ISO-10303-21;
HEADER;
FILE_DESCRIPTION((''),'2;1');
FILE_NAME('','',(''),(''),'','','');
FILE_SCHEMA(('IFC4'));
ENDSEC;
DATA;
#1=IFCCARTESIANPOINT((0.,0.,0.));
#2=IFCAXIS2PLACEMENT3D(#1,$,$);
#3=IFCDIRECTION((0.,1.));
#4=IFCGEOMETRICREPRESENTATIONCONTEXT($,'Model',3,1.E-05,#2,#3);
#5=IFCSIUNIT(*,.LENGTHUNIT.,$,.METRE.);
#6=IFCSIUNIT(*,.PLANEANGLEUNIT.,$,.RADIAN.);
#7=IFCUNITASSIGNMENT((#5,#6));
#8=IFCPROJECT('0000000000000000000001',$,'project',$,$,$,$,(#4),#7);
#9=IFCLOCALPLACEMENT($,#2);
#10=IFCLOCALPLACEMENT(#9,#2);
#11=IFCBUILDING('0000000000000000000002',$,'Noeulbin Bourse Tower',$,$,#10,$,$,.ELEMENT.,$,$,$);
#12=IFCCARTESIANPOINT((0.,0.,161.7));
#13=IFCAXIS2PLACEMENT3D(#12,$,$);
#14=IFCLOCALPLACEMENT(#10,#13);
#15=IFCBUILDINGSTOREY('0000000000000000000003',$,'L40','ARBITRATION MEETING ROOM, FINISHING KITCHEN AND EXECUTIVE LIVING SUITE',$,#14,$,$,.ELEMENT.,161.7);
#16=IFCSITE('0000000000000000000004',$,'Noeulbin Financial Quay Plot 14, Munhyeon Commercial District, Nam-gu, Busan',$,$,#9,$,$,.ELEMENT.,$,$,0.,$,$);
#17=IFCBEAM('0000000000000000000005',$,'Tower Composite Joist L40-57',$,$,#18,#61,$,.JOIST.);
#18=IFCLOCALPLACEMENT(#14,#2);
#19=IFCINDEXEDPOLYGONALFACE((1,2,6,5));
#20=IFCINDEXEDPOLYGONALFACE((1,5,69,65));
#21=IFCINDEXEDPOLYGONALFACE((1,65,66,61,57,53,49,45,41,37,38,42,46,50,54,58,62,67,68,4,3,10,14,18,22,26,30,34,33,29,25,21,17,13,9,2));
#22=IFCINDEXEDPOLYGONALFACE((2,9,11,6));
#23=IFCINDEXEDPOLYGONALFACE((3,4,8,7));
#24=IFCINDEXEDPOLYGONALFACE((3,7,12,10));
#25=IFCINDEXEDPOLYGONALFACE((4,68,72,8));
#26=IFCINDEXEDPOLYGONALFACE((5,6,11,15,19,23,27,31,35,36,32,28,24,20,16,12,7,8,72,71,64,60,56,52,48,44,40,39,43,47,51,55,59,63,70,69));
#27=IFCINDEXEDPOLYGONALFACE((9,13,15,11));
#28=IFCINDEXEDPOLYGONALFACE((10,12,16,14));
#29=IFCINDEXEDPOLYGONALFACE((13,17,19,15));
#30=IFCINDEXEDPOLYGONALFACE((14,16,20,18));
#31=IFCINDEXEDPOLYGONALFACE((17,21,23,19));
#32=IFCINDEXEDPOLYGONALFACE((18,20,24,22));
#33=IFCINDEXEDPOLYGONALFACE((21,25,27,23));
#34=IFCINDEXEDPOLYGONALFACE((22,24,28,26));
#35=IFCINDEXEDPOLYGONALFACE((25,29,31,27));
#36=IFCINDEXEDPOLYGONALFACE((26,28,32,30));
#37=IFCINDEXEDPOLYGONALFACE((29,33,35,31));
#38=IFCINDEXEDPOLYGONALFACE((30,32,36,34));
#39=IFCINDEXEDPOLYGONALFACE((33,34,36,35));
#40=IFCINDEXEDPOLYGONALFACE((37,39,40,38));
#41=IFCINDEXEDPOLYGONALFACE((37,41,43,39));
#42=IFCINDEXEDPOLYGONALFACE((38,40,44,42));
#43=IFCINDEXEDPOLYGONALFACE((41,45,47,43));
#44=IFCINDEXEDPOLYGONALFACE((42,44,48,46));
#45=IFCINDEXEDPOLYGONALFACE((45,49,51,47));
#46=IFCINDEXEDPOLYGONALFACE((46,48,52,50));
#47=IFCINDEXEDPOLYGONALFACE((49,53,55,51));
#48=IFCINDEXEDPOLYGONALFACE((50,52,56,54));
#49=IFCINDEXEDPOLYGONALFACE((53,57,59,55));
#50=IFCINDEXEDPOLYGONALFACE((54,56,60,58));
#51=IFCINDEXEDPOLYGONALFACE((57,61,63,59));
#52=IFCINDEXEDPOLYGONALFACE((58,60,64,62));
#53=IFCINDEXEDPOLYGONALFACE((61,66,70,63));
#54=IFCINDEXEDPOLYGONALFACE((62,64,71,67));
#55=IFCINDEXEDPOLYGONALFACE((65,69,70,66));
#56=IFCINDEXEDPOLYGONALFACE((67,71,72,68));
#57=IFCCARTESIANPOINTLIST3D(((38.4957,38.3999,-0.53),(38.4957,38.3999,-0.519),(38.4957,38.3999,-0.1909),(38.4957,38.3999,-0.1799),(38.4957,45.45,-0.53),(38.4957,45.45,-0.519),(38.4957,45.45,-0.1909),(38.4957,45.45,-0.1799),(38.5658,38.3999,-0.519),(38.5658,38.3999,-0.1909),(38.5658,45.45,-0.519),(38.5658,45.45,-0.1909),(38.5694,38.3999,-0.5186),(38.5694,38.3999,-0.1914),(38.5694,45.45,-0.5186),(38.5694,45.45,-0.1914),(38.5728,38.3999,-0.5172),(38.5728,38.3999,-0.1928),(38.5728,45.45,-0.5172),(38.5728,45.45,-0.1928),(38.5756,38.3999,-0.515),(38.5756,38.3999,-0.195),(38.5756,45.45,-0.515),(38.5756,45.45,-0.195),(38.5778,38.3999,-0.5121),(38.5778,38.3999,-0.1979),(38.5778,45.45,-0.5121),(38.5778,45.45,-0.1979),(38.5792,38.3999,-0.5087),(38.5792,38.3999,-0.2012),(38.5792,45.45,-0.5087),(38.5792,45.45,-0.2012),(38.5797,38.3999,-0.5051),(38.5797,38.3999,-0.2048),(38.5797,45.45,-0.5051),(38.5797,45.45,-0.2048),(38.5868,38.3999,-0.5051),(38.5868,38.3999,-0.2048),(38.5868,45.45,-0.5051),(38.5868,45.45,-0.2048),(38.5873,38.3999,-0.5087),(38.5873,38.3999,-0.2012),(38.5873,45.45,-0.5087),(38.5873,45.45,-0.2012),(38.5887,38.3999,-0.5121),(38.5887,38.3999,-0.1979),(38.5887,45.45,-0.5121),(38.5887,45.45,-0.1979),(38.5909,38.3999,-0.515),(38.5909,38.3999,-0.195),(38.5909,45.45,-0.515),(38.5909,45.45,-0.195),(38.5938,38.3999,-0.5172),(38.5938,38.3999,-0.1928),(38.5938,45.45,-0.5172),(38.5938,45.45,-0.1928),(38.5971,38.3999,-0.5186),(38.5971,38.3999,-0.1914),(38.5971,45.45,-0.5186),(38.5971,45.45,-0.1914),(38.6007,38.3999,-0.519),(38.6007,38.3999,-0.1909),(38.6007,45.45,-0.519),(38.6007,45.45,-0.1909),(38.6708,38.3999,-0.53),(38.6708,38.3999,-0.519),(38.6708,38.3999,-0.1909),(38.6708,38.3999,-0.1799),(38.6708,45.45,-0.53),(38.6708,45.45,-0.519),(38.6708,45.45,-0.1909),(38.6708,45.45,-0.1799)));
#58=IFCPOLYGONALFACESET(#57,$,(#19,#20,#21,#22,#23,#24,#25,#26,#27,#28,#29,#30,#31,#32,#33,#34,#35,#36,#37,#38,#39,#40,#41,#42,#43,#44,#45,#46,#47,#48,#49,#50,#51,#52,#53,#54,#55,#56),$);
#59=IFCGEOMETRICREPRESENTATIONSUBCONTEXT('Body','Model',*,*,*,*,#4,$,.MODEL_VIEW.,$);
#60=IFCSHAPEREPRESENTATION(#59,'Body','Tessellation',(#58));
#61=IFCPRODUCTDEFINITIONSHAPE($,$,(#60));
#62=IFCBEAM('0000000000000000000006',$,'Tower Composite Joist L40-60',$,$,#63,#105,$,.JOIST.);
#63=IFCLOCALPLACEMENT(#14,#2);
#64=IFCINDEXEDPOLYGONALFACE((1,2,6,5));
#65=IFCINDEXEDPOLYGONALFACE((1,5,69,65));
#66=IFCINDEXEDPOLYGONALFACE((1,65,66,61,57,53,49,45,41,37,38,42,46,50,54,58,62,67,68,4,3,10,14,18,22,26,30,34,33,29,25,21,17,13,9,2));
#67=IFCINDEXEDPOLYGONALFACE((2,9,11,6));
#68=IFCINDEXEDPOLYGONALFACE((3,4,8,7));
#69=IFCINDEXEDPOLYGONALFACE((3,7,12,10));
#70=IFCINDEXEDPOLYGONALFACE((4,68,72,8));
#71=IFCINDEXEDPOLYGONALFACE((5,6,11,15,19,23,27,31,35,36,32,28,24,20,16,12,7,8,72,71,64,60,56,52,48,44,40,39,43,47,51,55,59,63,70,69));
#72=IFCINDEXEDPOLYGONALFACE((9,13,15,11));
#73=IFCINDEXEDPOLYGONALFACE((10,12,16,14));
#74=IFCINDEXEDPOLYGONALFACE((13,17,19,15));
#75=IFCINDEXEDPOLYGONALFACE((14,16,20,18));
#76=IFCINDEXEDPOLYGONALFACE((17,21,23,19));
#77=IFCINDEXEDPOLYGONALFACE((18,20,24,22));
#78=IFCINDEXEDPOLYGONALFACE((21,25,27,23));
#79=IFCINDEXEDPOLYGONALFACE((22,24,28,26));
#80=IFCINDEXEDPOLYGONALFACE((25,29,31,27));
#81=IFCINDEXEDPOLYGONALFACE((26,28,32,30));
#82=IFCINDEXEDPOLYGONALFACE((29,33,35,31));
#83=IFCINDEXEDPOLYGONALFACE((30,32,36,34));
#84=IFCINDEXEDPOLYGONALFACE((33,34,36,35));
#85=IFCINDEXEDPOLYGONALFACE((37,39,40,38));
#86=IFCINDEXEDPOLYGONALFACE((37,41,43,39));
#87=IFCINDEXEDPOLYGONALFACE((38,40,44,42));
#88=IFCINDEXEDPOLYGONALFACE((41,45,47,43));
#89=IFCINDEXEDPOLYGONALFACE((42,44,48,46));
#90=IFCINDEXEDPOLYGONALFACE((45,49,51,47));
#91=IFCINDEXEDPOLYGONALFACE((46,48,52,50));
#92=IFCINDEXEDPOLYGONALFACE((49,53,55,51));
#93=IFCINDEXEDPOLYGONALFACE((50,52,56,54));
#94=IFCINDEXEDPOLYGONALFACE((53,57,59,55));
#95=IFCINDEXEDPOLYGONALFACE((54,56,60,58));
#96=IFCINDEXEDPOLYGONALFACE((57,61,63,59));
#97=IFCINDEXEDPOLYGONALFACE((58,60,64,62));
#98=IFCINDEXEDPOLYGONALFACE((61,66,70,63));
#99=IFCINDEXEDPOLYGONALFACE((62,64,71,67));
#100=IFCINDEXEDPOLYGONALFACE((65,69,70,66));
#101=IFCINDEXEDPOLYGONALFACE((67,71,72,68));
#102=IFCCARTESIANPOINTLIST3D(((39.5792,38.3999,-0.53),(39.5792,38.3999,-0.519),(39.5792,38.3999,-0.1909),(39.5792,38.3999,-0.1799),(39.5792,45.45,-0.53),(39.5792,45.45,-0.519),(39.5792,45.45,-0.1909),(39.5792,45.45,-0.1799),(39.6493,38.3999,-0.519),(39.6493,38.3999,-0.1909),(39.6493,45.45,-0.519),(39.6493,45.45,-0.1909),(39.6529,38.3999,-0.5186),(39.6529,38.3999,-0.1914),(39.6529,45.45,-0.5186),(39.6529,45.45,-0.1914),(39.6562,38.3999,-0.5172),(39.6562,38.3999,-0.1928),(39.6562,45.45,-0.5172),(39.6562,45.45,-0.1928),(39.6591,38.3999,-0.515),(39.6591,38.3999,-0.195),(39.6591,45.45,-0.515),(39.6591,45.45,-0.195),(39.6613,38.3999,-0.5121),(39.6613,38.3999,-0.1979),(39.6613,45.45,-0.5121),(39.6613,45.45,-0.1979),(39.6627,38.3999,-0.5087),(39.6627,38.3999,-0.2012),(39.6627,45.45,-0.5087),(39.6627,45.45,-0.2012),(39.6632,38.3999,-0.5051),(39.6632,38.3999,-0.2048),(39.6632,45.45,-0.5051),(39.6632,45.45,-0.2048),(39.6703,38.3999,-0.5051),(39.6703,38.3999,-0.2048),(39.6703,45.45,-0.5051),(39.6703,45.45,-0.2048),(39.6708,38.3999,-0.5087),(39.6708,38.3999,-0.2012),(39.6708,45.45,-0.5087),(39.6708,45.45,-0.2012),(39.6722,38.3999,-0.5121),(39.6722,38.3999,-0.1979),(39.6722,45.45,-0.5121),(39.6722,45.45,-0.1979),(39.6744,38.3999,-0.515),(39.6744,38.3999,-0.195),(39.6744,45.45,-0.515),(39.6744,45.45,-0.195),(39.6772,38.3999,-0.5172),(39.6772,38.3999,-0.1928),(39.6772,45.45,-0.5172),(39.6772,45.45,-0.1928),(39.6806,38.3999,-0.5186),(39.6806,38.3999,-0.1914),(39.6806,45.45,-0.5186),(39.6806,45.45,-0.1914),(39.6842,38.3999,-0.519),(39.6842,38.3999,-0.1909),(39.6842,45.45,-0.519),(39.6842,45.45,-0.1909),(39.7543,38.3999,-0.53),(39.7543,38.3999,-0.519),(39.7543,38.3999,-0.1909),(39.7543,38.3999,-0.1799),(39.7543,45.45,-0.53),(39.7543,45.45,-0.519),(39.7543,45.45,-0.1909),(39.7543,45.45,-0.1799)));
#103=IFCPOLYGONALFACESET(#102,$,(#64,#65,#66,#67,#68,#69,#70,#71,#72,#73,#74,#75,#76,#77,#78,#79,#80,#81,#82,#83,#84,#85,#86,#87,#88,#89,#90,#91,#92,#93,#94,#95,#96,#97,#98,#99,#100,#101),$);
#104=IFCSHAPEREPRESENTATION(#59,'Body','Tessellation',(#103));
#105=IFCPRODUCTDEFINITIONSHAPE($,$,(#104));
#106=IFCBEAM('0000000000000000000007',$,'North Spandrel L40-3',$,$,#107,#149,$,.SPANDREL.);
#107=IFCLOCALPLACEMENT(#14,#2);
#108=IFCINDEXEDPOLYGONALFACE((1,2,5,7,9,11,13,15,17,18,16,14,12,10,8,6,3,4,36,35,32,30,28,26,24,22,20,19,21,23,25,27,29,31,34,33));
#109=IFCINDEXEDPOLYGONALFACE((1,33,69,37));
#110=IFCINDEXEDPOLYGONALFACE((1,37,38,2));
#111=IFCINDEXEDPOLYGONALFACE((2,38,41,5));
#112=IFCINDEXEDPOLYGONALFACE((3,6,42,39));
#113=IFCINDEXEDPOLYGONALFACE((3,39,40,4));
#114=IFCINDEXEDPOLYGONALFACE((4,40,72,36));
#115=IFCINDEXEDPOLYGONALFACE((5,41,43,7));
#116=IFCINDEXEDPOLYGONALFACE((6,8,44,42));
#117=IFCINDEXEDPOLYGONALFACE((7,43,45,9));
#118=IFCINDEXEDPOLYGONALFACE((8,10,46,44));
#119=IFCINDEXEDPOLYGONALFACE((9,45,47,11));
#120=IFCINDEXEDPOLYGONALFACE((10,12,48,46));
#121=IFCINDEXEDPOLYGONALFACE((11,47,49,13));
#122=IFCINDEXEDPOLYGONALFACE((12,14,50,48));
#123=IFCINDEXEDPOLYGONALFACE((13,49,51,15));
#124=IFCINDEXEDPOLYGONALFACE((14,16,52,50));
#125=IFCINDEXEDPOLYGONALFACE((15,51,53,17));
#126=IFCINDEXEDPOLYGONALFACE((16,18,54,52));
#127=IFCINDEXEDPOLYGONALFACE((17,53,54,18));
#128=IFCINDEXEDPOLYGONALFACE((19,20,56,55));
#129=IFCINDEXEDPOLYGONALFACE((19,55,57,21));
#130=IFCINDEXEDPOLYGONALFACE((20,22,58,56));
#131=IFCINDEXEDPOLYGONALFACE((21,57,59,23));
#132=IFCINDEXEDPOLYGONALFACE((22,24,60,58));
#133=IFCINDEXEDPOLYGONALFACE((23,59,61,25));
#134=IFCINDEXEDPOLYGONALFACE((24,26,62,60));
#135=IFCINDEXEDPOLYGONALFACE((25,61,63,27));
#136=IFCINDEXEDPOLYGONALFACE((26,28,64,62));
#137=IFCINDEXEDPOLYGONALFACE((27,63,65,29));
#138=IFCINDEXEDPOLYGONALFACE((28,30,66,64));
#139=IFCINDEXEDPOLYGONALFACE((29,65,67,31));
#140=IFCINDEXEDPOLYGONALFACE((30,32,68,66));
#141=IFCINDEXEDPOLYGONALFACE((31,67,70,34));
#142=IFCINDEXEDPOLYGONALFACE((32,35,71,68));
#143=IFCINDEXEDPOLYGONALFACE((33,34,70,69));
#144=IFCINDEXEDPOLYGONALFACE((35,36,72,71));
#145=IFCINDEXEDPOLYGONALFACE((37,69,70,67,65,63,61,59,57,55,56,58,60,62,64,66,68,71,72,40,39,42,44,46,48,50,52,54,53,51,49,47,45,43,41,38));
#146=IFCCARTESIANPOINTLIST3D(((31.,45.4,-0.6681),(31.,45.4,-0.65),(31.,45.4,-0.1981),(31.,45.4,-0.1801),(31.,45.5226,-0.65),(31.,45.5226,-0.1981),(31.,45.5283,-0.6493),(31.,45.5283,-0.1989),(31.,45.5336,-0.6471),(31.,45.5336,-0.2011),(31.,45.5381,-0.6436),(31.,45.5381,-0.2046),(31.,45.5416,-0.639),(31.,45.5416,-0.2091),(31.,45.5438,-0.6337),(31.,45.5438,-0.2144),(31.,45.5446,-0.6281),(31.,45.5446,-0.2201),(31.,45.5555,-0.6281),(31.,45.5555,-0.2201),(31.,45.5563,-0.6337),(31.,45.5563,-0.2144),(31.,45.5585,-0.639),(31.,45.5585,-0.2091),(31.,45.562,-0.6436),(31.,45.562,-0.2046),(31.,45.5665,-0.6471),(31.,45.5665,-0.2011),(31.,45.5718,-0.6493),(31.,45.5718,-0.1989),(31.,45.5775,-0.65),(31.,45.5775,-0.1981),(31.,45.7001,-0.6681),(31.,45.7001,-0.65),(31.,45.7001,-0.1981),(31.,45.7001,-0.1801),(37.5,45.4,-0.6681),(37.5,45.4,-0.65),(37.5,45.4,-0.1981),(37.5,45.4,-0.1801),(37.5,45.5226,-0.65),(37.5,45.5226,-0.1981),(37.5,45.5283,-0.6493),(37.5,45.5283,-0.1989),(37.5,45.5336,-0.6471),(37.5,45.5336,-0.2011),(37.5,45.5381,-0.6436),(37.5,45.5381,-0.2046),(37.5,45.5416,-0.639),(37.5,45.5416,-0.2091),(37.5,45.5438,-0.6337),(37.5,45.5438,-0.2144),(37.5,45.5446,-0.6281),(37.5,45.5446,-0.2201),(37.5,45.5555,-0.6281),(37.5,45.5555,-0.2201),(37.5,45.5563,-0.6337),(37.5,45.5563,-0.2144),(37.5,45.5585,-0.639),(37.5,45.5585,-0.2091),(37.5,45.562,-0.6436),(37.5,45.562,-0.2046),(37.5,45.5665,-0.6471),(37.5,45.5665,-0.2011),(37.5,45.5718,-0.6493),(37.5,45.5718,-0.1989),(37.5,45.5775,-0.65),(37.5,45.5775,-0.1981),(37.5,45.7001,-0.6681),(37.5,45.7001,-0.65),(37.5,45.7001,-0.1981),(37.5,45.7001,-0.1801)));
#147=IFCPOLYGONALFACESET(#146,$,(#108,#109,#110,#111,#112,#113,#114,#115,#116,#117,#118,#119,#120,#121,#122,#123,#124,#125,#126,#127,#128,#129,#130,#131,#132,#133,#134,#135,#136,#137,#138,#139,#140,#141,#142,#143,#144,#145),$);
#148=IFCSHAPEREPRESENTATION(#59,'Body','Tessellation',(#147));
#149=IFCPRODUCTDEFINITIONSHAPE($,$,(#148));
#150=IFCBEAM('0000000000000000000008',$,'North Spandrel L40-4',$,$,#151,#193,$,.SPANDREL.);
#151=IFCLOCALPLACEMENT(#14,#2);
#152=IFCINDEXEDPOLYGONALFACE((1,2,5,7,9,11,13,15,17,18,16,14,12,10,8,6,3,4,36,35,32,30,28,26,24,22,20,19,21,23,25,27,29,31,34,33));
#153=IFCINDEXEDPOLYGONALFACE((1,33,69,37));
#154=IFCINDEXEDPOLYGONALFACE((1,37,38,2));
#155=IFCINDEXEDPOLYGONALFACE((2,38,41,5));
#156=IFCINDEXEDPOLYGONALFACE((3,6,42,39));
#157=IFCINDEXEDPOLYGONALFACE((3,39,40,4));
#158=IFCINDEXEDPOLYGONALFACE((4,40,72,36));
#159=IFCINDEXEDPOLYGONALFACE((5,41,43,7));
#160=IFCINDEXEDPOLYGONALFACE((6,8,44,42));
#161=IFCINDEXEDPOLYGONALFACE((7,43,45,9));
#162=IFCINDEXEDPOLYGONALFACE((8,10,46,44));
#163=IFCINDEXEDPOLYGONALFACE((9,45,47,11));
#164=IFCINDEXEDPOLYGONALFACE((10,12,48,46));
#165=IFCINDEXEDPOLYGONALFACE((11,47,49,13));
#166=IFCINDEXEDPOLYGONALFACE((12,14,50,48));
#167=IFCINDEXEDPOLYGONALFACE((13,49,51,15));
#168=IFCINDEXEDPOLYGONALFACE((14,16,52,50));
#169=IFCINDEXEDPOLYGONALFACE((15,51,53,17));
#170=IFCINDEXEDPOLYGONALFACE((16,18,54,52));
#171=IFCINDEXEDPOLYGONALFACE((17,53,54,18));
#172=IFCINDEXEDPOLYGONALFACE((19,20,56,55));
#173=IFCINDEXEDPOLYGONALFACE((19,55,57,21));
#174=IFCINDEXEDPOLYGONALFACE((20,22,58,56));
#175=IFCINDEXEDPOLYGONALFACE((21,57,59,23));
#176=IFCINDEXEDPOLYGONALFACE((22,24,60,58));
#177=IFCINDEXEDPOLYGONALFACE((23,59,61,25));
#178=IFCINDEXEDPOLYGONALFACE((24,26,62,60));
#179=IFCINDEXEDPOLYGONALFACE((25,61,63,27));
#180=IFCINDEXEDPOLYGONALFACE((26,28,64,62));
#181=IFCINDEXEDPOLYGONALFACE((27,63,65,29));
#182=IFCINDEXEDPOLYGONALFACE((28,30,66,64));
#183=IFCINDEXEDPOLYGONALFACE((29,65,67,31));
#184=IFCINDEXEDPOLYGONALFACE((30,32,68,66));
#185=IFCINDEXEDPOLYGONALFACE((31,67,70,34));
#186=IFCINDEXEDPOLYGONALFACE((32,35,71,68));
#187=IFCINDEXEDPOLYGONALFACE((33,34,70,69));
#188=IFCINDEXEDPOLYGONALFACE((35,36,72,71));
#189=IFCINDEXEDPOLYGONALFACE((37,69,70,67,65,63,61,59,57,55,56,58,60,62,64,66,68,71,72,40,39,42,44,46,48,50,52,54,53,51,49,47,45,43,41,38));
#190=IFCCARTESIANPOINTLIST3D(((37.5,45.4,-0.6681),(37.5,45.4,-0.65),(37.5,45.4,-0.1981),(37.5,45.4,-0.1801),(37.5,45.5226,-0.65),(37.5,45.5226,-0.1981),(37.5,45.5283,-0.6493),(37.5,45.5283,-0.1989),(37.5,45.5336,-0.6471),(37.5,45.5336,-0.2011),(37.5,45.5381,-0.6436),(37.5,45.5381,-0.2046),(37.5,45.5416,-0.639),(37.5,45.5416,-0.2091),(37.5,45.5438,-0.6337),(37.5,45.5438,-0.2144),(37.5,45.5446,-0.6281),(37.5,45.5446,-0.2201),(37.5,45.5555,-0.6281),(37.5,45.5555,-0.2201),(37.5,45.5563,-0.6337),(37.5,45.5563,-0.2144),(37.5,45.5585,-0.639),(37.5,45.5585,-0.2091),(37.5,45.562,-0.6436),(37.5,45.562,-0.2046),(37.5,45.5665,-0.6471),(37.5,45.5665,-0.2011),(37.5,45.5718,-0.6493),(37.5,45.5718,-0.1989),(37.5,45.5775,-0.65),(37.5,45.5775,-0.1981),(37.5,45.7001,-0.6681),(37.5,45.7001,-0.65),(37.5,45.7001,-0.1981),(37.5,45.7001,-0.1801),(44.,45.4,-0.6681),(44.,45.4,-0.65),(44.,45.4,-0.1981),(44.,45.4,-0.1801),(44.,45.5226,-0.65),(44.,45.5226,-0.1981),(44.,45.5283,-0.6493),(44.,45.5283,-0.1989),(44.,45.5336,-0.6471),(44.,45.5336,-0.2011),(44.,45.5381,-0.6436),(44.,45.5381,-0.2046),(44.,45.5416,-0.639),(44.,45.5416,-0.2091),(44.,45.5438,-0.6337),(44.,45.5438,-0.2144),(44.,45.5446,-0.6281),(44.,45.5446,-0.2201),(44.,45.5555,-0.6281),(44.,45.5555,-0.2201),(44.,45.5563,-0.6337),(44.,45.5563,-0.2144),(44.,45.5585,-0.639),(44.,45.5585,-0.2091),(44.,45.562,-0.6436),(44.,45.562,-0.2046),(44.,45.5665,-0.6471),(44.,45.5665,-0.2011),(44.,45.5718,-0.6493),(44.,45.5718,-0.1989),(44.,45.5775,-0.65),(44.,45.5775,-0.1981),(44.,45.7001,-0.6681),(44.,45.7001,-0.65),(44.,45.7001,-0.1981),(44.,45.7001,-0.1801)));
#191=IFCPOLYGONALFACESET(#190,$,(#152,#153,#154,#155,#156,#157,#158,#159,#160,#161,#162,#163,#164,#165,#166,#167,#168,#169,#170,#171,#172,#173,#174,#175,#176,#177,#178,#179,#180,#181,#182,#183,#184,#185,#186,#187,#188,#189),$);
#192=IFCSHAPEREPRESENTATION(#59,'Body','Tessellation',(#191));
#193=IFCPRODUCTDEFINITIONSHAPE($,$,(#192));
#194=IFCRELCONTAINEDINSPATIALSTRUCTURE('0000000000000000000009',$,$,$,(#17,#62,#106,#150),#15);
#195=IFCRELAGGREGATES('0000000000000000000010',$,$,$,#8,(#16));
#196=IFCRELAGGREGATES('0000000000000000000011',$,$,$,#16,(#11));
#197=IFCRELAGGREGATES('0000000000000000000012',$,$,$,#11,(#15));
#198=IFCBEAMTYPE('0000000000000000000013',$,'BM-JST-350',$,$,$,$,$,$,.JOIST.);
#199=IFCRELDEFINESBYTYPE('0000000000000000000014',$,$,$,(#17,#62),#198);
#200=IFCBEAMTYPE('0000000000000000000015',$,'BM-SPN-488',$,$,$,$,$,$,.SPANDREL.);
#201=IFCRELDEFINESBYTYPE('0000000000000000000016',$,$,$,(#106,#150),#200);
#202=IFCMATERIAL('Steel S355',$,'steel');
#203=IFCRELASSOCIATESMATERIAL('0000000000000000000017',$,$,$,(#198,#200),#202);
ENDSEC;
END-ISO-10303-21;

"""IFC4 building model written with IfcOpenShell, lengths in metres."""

from ifc_helpers import new_model, si_unit, direction, frame, origin, origin_2d, place, context, subcontext, project, spatial, i_section, extrude, material, material_profile, profile_set, type_object, element, save


model = new_model("IFC4")

# Units and contexts
model_context = context("Model", 3, precision=1e-05, world=origin(), true_north=direction((0.0, 1.0)))
body_context = subcontext(model_context, "Body", "Model", "MODEL_VIEW")
ifc_project = project(units=[si_unit("LENGTHUNIT", "METRE"), si_unit("PLANEANGLEUNIT", "RADIAN")], contexts=[model_context])

# Site, building, storey
site_placement = place(None, origin())
site = spatial("IfcSite", under=ifc_project, at=site_placement, Name="Noeulbin Financial Quay Plot 14, Munhyeon Commercial District, Nam-gu, Busan", CompositionType="ELEMENT", RefElevation=0.0)
building_placement = place(site_placement, origin())
building = spatial("IfcBuilding", under=site, at=building_placement, Name="Noeulbin Bourse Tower", CompositionType="ELEMENT")
storey_placement = place(building_placement, frame((0.0, 0.0, 161.7)))
storey = spatial("IfcBuildingStorey", under=building, at=storey_placement, Name="L40", Description="ARBITRATION MEETING ROOM, FINISHING KITCHEN AND EXECUTIVE LIVING SUITE", CompositionType="ELEMENT", Elevation=161.7)

# Shared definitions
ifc_material_1 = material(Name="Steel S355", Category="steel")

# Beams
ifc_material_profile_1 = material_profile(ifc_material_1, i_section(OverallWidth=0.175, OverallDepth=0.3501, WebThickness=0.0071, FlangeThickness=0.011, FilletRadius=0.0139, at=origin_2d()), Name="H-350x175x7x11", Category="LoadBearing")
ifc_profile_set_1 = profile_set([ifc_material_profile_1], Name="Steel S355")
beam_type_1 = type_object("IfcBeamType", Name="BM-JST-350", PredefinedType="JOIST", material=ifc_profile_set_1)
for number, where, z_axis, x_axis, name in (
    (1, (38.5833, 38.3999, -0.355), (0.0, 1.0, 0.0), (-1.0, 0.0, 0.0), "Tower Composite Joist L40-57"),
    (2, (39.6667, 38.3999, -0.355), (0.0, 1.0, 0.0), (-1.0, 0.0, 0.0), "Tower Composite Joist L40-60"),
):
    element("IfcBeam", number, at=place(storey_placement, frame(where, z_axis=z_axis, x_axis=x_axis)), inside=storey, type_object=beam_type_1, Name=name, PredefinedType="JOIST", context=body_context, shape_type="SweptSolid", body=[
        extrude(i_section(OverallWidth=0.175, OverallDepth=0.3501, WebThickness=0.0071, FlangeThickness=0.011, FilletRadius=0.0139, at=origin_2d()), origin(), (0.0, 0.0, 1.0), 7.05),
    ])
ifc_material_profile_2 = material_profile(ifc_material_1, i_section(OverallWidth=0.3, OverallDepth=0.488, WebThickness=0.011, FlangeThickness=0.0181, FilletRadius=0.022, at=origin_2d()), Name="H-488x300x11x18", Category="LoadBearing")
ifc_profile_set_2 = profile_set([ifc_material_profile_2], Name="Steel S355")
beam_type_2 = type_object("IfcBeamType", Name="BM-SPN-488", PredefinedType="SPANDREL", material=ifc_profile_set_2)
for number, where, z_axis, x_axis, name in (
    (3, (31.0, 45.55, -0.4241), (1.0, 0.0, 0.0), (0.0, 1.0, 0.0), "North Spandrel L40-3"),
    (4, (37.5, 45.55, -0.4241), (1.0, 0.0, 0.0), (0.0, 1.0, 0.0), "North Spandrel L40-4"),
):
    element("IfcBeam", number, at=place(storey_placement, frame(where, z_axis=z_axis, x_axis=x_axis)), inside=storey, type_object=beam_type_2, Name=name, PredefinedType="SPANDREL", context=body_context, shape_type="SweptSolid", body=[
        extrude(i_section(OverallWidth=0.3, OverallDepth=0.488, WebThickness=0.011, FlangeThickness=0.0181, FilletRadius=0.022, at=origin_2d()), origin(), (0.0, 0.0, 1.0), 6.5),
    ])

save(model, "model.ifc")
